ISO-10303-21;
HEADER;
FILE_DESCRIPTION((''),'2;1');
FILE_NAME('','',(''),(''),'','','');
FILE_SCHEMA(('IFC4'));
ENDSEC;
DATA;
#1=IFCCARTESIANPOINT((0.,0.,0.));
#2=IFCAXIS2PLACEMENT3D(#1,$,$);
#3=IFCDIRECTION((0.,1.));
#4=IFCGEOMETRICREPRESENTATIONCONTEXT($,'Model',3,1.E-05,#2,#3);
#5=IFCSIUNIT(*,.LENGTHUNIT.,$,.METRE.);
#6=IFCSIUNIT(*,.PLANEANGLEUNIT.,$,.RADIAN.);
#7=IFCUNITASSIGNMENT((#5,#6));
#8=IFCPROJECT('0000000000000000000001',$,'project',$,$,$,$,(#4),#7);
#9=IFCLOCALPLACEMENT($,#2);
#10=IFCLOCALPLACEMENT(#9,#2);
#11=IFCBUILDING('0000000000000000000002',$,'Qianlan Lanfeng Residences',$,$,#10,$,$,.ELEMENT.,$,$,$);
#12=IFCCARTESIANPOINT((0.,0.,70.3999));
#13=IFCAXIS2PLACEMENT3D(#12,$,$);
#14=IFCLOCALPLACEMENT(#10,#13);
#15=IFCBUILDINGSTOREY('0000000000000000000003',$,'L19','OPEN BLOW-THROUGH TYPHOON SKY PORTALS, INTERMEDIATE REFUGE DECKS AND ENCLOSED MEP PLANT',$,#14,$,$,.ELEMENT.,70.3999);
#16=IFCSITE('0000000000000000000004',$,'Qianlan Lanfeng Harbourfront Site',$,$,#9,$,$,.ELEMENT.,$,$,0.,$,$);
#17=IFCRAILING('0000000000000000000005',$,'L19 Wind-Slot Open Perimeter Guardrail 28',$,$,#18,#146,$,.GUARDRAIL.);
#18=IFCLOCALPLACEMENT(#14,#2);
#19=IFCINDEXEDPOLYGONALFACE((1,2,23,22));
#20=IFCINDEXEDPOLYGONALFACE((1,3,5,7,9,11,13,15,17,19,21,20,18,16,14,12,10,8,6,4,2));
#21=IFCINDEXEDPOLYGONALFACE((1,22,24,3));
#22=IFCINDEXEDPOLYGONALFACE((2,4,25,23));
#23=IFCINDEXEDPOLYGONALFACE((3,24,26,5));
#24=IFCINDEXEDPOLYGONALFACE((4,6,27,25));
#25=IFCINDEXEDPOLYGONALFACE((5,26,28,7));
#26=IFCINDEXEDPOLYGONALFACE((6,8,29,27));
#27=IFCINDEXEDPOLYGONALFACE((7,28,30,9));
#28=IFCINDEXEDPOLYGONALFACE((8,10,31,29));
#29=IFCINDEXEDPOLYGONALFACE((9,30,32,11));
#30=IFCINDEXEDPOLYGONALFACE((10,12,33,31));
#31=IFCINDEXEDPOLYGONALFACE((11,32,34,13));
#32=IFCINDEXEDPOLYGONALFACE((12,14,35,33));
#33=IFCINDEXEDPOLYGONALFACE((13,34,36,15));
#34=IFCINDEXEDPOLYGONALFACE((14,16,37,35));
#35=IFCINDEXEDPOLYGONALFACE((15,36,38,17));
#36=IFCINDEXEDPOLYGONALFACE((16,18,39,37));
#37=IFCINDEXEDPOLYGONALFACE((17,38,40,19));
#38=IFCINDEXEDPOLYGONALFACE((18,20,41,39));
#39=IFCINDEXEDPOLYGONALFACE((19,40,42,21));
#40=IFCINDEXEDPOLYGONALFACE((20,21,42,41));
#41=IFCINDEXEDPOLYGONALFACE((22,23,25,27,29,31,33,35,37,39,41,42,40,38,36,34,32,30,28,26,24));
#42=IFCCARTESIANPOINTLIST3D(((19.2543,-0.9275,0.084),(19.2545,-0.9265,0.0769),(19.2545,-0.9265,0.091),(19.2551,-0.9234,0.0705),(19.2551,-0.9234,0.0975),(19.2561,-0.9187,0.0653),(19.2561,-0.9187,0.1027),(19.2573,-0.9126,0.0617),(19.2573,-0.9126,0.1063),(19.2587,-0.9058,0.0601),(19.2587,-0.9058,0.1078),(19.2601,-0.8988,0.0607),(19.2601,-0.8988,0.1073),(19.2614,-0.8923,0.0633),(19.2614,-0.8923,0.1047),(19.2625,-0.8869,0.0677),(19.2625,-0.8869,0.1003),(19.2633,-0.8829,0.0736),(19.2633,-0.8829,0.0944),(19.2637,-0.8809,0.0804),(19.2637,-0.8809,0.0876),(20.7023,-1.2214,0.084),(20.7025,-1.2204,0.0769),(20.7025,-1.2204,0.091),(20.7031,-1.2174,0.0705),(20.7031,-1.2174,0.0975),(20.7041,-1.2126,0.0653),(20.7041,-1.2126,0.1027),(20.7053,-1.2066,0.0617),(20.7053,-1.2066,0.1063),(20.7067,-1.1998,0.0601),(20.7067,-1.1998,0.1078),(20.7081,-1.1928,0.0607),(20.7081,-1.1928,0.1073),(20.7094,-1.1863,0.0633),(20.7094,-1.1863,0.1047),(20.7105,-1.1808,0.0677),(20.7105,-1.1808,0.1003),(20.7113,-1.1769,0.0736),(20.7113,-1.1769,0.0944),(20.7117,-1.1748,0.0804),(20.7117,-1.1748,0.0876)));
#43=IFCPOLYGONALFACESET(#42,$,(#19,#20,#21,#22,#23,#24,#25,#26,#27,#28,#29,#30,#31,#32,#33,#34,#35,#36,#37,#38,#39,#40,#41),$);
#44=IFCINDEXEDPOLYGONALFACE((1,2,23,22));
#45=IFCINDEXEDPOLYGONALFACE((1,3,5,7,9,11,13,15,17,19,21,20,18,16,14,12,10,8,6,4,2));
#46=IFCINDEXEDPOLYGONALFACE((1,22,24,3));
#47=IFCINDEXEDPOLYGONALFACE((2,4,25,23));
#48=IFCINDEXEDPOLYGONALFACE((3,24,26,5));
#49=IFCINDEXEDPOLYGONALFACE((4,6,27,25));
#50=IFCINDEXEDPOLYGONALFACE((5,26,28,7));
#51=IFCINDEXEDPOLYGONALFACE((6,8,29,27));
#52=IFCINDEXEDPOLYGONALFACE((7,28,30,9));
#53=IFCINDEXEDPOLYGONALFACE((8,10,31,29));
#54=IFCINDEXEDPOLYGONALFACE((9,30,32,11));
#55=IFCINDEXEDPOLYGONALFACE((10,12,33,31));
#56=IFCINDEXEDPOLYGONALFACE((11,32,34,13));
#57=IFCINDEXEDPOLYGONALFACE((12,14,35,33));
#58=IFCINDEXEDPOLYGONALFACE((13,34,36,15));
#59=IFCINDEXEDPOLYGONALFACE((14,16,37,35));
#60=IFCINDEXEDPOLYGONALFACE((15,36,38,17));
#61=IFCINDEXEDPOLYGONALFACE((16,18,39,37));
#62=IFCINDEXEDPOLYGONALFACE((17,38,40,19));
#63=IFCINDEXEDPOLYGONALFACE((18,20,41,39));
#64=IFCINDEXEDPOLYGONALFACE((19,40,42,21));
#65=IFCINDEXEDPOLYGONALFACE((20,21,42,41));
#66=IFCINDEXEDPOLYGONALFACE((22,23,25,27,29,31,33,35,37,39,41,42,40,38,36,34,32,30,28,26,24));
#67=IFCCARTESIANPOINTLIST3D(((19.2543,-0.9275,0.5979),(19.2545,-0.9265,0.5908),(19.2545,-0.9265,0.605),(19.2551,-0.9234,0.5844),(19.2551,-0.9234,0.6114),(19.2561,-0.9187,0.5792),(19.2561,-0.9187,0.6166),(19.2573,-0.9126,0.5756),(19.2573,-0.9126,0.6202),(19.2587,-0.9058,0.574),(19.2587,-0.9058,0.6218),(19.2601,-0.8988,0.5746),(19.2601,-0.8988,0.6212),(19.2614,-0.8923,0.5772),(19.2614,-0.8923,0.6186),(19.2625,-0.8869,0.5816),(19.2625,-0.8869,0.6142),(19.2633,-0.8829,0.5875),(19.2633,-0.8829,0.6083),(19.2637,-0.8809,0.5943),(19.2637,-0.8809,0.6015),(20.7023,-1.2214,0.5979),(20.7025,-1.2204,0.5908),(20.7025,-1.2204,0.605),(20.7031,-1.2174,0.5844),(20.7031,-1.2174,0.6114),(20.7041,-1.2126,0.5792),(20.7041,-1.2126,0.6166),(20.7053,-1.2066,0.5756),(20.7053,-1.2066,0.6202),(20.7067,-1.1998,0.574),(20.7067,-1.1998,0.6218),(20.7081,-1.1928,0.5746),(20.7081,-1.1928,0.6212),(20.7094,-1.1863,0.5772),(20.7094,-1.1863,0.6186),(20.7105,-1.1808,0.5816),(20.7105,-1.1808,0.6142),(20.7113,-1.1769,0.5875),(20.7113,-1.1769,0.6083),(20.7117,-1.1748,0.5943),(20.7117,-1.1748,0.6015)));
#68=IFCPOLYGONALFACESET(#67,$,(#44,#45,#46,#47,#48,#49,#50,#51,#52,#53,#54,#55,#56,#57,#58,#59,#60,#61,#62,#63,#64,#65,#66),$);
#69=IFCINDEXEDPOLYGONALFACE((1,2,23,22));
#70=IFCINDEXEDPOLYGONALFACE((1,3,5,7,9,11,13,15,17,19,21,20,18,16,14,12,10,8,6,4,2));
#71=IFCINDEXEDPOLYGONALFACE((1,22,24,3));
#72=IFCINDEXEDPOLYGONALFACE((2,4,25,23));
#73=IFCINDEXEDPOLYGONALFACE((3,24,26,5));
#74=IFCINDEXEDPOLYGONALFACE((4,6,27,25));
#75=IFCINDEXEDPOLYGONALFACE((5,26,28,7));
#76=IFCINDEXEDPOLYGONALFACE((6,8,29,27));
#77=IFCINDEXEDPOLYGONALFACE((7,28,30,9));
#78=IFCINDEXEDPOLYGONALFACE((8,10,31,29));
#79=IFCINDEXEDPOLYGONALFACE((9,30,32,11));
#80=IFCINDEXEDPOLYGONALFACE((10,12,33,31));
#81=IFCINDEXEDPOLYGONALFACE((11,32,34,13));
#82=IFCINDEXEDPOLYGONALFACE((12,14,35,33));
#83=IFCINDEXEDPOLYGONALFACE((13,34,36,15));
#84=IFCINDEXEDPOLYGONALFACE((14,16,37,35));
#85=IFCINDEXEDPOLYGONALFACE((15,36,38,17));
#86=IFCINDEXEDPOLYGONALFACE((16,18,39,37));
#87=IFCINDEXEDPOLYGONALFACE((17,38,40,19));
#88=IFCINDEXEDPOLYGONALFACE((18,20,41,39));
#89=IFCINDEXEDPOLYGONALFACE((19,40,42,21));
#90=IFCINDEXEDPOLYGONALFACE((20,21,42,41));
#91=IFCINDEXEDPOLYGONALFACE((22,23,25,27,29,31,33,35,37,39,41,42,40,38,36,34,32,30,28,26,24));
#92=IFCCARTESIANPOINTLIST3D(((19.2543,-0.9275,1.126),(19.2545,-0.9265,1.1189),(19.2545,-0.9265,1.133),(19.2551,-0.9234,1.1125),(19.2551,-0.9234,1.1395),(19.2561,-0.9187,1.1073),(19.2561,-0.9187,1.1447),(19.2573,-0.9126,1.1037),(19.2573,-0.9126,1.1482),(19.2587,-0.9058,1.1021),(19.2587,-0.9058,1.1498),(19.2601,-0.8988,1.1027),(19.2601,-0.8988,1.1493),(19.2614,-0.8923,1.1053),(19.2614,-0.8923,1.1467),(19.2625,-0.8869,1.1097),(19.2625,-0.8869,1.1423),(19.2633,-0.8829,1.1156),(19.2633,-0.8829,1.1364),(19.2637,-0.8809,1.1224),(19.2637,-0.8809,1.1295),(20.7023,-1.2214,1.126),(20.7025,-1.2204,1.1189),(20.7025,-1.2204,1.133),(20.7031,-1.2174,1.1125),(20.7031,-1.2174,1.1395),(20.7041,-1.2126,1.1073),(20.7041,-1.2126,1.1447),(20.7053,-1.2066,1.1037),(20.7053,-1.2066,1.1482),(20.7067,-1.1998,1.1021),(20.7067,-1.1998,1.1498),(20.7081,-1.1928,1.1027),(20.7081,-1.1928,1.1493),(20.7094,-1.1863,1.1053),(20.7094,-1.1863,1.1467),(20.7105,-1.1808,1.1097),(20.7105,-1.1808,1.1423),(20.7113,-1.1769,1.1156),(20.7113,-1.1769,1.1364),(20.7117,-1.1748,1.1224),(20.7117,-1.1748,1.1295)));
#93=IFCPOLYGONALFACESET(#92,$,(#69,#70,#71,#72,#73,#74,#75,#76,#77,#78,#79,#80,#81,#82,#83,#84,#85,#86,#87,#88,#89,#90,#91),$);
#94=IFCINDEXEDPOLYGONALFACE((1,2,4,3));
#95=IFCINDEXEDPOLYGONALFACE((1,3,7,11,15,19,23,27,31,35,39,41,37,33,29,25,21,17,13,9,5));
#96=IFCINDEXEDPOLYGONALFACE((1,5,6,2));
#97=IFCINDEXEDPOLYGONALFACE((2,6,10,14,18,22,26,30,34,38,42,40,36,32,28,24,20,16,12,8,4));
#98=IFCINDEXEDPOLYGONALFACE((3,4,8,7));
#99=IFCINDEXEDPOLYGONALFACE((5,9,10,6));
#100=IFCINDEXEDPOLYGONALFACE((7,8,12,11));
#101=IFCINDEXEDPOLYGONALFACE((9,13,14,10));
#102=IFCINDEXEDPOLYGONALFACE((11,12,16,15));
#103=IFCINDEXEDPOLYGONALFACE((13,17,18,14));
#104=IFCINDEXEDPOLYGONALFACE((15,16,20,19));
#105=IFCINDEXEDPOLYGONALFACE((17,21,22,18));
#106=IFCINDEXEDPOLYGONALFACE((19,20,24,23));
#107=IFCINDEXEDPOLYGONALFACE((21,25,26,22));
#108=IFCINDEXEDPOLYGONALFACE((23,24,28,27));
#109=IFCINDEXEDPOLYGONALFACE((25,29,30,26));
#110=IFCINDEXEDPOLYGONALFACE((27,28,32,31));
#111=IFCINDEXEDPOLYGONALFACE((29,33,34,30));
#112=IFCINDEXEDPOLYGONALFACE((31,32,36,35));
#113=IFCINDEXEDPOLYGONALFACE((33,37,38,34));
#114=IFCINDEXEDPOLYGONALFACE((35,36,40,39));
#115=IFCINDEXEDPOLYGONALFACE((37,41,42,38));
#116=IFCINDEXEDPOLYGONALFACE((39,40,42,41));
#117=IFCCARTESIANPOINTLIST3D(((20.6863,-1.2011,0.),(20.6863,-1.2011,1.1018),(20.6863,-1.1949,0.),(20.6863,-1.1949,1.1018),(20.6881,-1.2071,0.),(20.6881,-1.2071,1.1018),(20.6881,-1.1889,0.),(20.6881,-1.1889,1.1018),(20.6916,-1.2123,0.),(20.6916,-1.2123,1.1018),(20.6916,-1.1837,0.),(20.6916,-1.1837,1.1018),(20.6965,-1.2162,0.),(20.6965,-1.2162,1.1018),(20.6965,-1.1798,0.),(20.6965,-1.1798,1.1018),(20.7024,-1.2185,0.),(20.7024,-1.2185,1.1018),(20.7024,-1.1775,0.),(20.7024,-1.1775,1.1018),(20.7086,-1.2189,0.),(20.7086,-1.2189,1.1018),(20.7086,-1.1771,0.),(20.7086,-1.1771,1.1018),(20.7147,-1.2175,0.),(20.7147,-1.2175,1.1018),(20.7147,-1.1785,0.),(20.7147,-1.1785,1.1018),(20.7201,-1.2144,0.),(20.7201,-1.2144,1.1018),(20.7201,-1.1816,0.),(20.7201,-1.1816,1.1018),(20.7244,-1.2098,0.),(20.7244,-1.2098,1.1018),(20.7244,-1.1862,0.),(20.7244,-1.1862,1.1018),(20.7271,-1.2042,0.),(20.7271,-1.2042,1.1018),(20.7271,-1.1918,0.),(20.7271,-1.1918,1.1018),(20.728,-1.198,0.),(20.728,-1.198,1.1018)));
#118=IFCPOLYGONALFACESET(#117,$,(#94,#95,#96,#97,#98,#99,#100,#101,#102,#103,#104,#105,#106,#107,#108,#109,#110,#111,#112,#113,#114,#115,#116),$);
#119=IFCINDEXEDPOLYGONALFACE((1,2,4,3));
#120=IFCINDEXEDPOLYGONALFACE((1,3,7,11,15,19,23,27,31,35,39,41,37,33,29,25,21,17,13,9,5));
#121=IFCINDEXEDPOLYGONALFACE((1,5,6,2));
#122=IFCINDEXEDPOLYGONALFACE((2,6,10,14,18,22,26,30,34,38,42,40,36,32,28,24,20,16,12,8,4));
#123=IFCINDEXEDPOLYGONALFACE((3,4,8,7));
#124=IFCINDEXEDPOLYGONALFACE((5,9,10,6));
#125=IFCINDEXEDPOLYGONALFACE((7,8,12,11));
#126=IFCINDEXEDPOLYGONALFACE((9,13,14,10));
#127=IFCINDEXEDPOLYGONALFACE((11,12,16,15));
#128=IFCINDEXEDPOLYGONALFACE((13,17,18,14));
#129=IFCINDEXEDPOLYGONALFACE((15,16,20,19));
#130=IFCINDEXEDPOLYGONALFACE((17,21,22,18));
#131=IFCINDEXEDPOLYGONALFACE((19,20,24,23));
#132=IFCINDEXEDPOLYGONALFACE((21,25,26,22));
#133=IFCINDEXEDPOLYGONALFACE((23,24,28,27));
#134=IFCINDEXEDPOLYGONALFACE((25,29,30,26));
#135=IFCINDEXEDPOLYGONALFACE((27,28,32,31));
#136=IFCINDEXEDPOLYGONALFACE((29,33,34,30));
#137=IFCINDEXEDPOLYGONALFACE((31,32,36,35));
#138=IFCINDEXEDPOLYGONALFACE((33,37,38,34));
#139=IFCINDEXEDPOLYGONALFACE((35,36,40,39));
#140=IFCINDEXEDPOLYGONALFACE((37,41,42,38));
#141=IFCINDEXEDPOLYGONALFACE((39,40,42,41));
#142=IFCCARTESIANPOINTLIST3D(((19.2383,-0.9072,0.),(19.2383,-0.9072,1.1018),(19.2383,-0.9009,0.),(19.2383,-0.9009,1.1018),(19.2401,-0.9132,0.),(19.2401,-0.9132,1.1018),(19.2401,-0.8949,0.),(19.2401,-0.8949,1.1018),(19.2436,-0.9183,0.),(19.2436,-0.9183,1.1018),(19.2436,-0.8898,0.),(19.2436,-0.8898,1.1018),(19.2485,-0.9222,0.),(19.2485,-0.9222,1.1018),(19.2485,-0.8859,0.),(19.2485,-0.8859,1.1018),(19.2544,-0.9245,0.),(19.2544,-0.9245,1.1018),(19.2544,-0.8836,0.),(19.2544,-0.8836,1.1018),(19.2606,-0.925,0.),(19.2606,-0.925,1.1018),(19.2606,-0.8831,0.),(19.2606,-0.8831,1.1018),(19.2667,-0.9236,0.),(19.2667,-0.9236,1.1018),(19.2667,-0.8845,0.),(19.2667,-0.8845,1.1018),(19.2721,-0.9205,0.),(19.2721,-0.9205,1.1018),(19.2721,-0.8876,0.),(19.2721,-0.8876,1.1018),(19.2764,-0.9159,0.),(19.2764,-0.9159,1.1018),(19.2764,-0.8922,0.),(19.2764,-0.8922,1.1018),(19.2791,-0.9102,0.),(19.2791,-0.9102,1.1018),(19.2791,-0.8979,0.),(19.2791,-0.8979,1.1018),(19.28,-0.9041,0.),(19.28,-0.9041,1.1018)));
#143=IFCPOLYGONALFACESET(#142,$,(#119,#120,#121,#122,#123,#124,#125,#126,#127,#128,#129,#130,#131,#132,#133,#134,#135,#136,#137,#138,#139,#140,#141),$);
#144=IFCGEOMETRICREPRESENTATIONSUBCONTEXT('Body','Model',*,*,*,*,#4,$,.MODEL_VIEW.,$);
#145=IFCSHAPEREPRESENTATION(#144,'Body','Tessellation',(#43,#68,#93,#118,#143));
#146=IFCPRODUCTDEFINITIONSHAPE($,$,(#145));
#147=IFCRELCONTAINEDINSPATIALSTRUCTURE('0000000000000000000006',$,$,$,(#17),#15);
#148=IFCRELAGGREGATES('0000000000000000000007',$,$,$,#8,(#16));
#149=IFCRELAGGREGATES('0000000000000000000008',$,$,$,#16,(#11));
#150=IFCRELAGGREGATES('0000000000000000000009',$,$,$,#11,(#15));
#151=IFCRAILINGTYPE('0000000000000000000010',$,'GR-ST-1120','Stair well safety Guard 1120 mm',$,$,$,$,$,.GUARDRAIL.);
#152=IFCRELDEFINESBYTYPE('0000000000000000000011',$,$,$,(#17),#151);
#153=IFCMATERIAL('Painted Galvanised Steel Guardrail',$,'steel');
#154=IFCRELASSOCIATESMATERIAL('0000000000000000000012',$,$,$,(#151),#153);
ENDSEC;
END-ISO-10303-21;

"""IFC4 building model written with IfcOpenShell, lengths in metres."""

from ifc_helpers import new_model, si_unit, direction, frame, origin, origin_2d, place, context, subcontext, project, spatial, circle, extrude, material, type_object, element, save


model = new_model("IFC4")

# Units and contexts
model_context = context("Model", 3, precision=1e-05, world=origin(), true_north=direction((0.0, 1.0)))
body_context = subcontext(model_context, "Body", "Model", "MODEL_VIEW")
ifc_project = project(units=[si_unit("LENGTHUNIT", "METRE"), si_unit("PLANEANGLEUNIT", "RADIAN")], contexts=[model_context])

# Site, building, storey
site_placement = place(None, origin())
site = spatial("IfcSite", under=ifc_project, at=site_placement, Name="Qianlan Lanfeng Harbourfront Site", CompositionType="ELEMENT", RefElevation=0.0)
building_placement = place(site_placement, origin())
building = spatial("IfcBuilding", under=site, at=building_placement, Name="Qianlan Lanfeng Residences", CompositionType="ELEMENT")
storey_placement = place(building_placement, frame((0.0, 0.0, 70.3999)))
storey = spatial("IfcBuildingStorey", under=building, at=storey_placement, Name="L19", Description="OPEN BLOW-THROUGH TYPHOON SKY PORTALS, INTERMEDIATE REFUGE DECKS AND ENCLOSED MEP PLANT", CompositionType="ELEMENT", Elevation=70.3999)

# Railing
ifc_material_1 = material(Name="Painted Galvanised Steel Guardrail", Category="steel")
railing_type = type_object("IfcRailingType", Name="GR-ST-1120", Description="Stair well safety Guard 1120 mm", PredefinedType="GUARDRAIL", material=ifc_material_1)
railing_1_placement = place(storey_placement, frame((20.707, -1.198, 0.0)))
element("IfcRailing", 1, at=railing_1_placement, inside=storey, type_object=railing_type, Name="L19 Wind-Slot Open Perimeter Guardrail 28", PredefinedType="GUARDRAIL", context=body_context, shape_type="SweptSolid", body=[
    extrude(circle(Radius=0.0239, at=origin_2d()), frame((0.0, 0.0, 0.084), z_axis=(-0.980011, 0.198943, 0.0), x_axis=(-0.198943, -0.980011, 0.0)), (0.0, 0.0, 1.0), 1.4775),
    extrude(circle(Radius=0.0239, at=origin_2d()), frame((0.0, 0.0, 0.5979), z_axis=(-0.980011, 0.198943, 0.0), x_axis=(-0.198943, -0.980011, 0.0)), (0.0, 0.0, 1.0), 1.4775),
    extrude(circle(Radius=0.0239, at=origin_2d()), frame((0.0, 0.0, 1.126), z_axis=(-0.980011, 0.198943, 0.0), x_axis=(-0.198943, -0.980011, 0.0)), (0.0, 0.0, 1.0), 1.4775),
    extrude(circle(Radius=0.021, at=origin_2d()), origin(), (0.0, 0.0, 1.0), 1.1018),
    extrude(circle(Radius=0.021, at=origin_2d()), frame((-1.448, 0.2939, 0.0)), (0.0, 0.0, 1.0), 1.1018),
])

save(model, "model.ifc")
